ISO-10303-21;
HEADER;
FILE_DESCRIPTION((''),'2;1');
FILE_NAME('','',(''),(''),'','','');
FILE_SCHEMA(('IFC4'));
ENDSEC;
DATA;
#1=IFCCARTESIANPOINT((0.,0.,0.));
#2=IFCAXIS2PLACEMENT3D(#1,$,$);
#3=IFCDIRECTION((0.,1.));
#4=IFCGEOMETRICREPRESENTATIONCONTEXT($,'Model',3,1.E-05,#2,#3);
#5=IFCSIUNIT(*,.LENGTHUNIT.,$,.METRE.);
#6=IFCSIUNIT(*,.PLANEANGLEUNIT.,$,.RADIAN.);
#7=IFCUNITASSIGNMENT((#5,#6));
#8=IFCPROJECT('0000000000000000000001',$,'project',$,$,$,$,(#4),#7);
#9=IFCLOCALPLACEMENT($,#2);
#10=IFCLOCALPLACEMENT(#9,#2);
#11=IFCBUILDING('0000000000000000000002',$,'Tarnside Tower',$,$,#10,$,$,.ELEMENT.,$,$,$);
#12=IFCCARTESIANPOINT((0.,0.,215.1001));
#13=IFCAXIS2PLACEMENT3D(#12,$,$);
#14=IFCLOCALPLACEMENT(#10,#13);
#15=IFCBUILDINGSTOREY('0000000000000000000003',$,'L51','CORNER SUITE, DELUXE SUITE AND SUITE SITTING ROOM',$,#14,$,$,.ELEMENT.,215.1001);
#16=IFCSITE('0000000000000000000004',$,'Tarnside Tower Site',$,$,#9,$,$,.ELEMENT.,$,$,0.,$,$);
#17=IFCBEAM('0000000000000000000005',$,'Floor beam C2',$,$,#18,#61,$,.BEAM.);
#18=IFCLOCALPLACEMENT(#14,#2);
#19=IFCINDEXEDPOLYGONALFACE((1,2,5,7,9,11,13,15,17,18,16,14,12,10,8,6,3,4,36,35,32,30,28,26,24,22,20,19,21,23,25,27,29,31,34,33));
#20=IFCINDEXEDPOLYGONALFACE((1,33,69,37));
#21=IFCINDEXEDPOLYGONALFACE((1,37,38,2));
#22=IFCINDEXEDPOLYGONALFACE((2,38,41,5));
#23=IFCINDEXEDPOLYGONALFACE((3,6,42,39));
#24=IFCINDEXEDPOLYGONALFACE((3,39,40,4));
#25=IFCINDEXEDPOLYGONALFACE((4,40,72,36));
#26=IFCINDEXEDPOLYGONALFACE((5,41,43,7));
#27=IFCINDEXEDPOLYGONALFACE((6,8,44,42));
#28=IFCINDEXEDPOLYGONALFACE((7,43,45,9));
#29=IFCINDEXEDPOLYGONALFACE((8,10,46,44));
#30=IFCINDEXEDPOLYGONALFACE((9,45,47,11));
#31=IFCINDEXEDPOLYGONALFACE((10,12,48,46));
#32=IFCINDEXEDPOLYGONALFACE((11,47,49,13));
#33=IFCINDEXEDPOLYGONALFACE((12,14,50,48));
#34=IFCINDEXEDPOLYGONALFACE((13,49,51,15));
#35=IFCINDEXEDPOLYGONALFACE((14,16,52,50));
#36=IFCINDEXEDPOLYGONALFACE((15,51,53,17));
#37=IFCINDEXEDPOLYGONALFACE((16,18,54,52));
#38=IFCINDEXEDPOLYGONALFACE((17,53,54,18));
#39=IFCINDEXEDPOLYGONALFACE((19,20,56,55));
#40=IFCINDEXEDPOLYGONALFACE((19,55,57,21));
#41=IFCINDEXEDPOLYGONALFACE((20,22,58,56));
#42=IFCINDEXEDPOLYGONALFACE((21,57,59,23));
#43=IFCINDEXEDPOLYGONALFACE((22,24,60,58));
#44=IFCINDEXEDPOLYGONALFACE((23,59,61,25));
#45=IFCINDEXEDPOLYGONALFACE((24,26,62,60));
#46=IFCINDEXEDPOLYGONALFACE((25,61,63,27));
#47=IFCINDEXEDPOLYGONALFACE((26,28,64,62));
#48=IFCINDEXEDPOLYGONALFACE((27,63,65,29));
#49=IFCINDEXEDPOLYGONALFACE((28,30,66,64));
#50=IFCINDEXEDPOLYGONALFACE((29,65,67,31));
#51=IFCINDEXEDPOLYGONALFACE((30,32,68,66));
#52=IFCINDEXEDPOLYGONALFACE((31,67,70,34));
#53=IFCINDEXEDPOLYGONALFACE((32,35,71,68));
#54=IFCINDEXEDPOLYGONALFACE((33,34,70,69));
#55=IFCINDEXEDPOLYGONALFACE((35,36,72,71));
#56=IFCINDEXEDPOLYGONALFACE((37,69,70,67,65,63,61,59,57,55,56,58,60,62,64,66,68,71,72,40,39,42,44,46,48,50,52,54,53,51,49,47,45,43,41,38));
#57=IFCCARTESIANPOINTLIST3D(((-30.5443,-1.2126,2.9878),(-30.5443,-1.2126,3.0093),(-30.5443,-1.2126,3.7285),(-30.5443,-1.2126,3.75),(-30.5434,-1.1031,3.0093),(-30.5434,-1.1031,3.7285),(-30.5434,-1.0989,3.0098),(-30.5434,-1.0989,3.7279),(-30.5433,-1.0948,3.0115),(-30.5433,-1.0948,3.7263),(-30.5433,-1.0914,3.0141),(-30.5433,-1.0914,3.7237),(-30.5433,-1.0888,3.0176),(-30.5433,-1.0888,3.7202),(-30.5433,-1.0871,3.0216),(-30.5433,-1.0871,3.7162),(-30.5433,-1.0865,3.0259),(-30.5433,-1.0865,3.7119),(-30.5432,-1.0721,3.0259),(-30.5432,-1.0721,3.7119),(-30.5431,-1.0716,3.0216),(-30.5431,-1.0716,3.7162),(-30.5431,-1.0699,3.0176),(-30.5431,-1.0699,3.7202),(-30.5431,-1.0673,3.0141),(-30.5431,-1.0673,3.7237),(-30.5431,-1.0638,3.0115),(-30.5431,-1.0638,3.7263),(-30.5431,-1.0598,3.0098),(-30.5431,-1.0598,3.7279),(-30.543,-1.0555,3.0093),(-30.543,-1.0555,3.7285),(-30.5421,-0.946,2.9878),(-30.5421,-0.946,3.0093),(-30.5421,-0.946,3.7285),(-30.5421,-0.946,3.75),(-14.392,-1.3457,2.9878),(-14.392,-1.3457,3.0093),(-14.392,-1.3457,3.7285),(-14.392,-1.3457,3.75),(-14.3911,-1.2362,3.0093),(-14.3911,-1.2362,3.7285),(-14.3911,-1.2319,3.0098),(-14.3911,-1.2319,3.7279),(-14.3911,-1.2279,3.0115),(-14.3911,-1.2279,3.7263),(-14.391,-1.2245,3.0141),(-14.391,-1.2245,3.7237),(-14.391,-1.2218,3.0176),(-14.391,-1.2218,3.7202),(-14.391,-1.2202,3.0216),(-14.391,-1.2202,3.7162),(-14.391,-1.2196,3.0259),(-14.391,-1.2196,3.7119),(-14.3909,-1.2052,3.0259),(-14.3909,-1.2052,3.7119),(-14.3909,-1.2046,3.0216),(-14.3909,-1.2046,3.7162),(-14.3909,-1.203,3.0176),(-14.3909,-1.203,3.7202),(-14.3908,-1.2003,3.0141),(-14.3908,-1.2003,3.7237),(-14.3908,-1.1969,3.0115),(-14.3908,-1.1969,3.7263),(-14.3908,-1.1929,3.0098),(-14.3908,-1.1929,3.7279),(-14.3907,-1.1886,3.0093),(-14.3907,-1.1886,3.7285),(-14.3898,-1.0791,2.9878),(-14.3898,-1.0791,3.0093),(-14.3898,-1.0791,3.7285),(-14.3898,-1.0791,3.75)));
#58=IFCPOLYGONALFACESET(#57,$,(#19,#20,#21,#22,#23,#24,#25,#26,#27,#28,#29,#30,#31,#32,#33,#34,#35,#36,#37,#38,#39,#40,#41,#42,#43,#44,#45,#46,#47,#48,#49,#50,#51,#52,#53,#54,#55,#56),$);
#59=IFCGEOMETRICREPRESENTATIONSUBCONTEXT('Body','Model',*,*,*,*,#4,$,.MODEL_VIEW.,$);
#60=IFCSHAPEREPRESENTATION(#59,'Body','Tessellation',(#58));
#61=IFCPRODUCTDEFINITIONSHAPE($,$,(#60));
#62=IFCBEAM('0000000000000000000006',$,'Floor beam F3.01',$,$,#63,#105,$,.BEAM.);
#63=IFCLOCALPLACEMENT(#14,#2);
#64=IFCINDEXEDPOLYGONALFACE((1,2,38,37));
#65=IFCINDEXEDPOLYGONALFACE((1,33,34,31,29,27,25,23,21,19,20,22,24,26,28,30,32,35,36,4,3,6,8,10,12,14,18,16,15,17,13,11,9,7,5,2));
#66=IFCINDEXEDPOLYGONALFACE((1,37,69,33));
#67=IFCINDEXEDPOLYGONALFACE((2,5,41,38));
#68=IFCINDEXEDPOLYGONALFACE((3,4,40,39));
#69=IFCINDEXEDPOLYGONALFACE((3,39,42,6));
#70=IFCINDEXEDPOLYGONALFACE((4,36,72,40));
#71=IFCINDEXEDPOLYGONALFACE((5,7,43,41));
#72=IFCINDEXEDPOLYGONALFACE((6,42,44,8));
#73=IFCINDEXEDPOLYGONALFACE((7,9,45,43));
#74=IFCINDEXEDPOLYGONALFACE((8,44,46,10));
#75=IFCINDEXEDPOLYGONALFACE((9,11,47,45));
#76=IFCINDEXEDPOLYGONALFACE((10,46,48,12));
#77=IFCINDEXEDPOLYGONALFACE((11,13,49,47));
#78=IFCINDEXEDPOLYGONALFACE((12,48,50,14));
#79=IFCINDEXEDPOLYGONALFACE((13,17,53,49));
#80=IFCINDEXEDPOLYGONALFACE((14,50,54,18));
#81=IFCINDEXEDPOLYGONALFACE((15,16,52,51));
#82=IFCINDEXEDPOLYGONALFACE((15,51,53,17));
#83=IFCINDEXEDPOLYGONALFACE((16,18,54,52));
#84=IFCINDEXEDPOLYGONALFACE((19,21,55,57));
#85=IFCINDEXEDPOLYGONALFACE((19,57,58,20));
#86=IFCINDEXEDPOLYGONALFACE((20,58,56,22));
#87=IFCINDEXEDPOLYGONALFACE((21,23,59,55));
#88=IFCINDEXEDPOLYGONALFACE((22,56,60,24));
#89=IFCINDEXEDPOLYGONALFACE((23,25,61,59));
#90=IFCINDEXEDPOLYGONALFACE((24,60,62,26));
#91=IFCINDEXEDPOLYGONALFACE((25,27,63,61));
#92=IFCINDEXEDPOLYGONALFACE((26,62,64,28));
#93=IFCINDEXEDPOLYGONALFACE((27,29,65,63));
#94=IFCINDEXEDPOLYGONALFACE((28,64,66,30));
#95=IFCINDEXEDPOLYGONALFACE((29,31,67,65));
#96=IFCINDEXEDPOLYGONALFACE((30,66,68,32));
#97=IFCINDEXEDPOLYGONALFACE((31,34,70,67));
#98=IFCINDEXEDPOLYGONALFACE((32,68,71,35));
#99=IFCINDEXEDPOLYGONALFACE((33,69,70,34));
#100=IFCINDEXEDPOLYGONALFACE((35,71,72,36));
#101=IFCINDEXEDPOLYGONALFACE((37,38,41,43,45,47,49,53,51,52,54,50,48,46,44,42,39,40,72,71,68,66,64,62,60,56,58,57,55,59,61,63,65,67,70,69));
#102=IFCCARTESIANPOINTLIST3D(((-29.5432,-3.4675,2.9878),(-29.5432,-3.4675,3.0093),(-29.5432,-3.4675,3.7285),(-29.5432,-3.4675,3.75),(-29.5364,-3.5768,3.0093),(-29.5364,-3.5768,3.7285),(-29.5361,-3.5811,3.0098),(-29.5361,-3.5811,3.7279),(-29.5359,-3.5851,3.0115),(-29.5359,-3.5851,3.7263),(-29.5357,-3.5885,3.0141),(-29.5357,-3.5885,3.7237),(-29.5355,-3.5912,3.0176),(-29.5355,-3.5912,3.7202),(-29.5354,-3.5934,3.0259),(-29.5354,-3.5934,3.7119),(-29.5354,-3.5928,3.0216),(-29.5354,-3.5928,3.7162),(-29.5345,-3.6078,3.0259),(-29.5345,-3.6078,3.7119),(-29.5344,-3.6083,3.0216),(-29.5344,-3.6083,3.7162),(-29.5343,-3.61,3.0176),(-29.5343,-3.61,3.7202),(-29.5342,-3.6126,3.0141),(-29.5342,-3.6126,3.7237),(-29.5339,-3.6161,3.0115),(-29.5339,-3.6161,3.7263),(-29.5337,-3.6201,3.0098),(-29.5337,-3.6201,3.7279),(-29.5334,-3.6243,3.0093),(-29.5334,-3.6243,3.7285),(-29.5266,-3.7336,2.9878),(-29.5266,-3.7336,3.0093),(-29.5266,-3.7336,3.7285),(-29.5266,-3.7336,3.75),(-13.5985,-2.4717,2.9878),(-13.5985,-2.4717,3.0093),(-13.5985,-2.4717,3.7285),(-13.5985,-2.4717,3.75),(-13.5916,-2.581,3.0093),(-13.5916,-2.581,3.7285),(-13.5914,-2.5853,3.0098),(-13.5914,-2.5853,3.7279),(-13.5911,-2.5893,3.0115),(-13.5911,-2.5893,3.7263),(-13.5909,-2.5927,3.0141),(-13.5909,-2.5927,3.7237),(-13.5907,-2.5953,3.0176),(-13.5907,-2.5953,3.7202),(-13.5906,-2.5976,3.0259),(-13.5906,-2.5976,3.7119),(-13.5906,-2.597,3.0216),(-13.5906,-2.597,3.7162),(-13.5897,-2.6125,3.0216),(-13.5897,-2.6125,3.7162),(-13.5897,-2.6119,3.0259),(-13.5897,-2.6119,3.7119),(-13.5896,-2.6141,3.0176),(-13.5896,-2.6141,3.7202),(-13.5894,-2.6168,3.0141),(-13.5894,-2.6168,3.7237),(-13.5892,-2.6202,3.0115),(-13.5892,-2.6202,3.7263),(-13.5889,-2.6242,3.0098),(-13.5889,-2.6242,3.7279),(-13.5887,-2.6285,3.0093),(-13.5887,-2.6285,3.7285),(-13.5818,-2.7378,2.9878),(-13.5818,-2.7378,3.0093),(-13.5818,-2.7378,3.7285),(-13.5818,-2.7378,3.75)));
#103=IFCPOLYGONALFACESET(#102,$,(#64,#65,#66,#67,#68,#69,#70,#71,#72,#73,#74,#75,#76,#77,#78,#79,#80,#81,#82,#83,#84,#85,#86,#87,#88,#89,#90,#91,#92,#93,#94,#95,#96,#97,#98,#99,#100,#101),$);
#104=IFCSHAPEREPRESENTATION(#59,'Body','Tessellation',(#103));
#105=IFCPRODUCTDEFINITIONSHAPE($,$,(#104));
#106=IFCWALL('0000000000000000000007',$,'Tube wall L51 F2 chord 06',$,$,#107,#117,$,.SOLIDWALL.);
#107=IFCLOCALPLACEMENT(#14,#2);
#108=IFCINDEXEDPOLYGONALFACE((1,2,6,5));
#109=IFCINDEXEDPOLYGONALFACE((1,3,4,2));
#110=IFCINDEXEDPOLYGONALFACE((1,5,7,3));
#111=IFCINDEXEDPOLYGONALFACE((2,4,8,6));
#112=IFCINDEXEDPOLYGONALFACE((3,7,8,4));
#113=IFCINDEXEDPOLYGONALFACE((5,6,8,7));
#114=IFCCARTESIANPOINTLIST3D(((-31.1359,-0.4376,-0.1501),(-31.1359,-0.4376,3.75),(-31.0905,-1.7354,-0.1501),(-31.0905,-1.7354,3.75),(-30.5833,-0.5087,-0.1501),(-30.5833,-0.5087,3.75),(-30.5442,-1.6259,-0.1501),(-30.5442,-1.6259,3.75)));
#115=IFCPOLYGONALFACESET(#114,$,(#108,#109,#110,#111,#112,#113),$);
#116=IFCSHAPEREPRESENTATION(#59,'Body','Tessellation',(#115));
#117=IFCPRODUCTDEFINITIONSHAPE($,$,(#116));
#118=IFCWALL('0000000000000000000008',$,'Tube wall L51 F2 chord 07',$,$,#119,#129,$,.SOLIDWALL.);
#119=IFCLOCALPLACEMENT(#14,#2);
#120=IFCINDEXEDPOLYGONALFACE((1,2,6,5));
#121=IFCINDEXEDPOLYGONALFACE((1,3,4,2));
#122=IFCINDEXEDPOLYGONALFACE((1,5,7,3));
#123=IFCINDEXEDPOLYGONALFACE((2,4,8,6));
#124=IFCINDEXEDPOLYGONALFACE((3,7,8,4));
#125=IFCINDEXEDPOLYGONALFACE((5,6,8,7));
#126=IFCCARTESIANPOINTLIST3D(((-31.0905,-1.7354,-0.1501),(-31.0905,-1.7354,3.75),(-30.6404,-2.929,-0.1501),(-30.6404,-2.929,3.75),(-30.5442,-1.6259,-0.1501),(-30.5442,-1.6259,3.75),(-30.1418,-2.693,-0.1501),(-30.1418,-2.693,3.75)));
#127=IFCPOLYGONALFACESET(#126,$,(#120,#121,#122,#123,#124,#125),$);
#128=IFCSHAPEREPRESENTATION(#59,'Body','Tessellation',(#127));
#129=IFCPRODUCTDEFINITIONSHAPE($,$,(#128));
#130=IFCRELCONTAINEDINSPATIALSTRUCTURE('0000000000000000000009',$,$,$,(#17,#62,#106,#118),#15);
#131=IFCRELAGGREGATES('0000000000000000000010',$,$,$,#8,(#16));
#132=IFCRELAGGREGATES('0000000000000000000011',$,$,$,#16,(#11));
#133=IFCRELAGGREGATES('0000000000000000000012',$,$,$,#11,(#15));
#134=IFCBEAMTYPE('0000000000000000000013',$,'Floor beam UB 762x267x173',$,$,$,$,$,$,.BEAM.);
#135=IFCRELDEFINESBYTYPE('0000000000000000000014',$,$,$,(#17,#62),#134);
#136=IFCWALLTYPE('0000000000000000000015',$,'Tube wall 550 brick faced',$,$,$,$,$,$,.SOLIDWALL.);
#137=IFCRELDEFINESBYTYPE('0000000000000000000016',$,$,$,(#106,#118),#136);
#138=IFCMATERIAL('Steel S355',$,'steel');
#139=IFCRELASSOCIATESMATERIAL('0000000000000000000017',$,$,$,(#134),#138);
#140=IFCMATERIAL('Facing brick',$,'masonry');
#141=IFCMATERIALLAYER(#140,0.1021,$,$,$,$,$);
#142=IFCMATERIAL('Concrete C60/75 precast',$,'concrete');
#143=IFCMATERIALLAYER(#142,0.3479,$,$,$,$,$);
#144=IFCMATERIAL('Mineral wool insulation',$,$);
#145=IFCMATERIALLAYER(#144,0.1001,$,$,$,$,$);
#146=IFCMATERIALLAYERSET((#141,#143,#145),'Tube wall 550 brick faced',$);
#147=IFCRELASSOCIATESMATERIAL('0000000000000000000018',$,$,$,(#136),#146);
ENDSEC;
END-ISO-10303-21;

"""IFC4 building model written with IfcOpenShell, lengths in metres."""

from ifc_helpers import new_model, si_unit, direction, frame, origin, origin_2d, place, context, subcontext, project, spatial, polyline, i_section, outline, extrude, material, layer, layer_set, material_profile, profile_set, type_object, element, save


model = new_model("IFC4")

# Units and contexts
model_context = context("Model", 3, precision=1e-05, world=origin(), true_north=direction((0.0, 1.0)))
body_context = subcontext(model_context, "Body", "Model", "MODEL_VIEW")
ifc_project = project(units=[si_unit("LENGTHUNIT", "METRE"), si_unit("PLANEANGLEUNIT", "RADIAN")], contexts=[model_context])

# Site, building, storey
site_placement = place(None, origin())
site = spatial("IfcSite", under=ifc_project, at=site_placement, Name="Tarnside Tower Site", CompositionType="ELEMENT", RefElevation=0.0)
building_placement = place(site_placement, origin())
building = spatial("IfcBuilding", under=site, at=building_placement, Name="Tarnside Tower", CompositionType="ELEMENT")
storey_placement = place(building_placement, frame((0.0, 0.0, 215.1001)))
storey = spatial("IfcBuildingStorey", under=building, at=storey_placement, Name="L51", Description="CORNER SUITE, DELUXE SUITE AND SUITE SITTING ROOM", CompositionType="ELEMENT", Elevation=215.1001)

# Beams
ifc_material_1 = material(Name="Steel S355", Category="steel")
ifc_material_profile = material_profile(ifc_material_1, i_section(OverallWidth=0.2666, OverallDepth=0.7622, WebThickness=0.0144, FlangeThickness=0.0215, FilletRadius=0.0166, at=origin_2d()), Name="UB 762x267x173")
ifc_profile_set = profile_set([ifc_material_profile], Name="Steel S355")
beam_type = type_object("IfcBeamType", Name="Floor beam UB 762x267x173", PredefinedType="BEAM", material=ifc_profile_set)
beam_1_placement = place(storey_placement, frame((-30.5432, -1.0793, 3.3689), z_axis=(0.999966, -0.008237, 0.0), x_axis=(0.008237, 0.999966, 0.0)))
element("IfcBeam", 1, at=beam_1_placement, inside=storey, type_object=beam_type, Name="Floor beam C2", PredefinedType="BEAM", context=body_context, shape_type="SweptSolid", body=[
    extrude(i_section(OverallWidth=0.2666, OverallDepth=0.7622, WebThickness=0.0144, FlangeThickness=0.0215, FilletRadius=0.0166, at=origin_2d()), origin(), (0.0, 0.0, 1.0), 16.1528),
])
beam_2_placement = place(storey_placement, frame((-29.5349, -3.6006, 3.3689), z_axis=(0.998055, 0.062335, 0.0), x_axis=(-0.062335, 0.998055, 0.0)))
element("IfcBeam", 2, at=beam_2_placement, inside=storey, type_object=beam_type, Name="Floor beam F3.01", PredefinedType="BEAM", context=body_context, shape_type="SweptSolid", body=[
    extrude(i_section(OverallWidth=0.2666, OverallDepth=0.7622, WebThickness=0.0144, FlangeThickness=0.0215, FilletRadius=0.0166, at=origin_2d()), origin(), (0.0, 0.0, 1.0), 15.9758),
])

# Walls
ifc_material_2 = material(Name="Facing brick", Category="masonry")
ifc_layer_1 = layer(ifc_material_2, 0.1021)
ifc_material_3 = material(Name="Concrete C60/75 precast", Category="concrete")
ifc_layer_2 = layer(ifc_material_3, 0.3479)
ifc_material_4 = material(Name="Mineral wool insulation")
ifc_layer_3 = layer(ifc_material_4, 0.1001)
ifc_layer_set_1 = layer_set([ifc_layer_1, ifc_layer_2, ifc_layer_3], Name="Tube wall 550 brick faced")
wall_type = type_object("IfcWallType", Name="Tube wall 550 brick faced", PredefinedType="SOLIDWALL", material=ifc_layer_set_1)
wall_1_placement = place(storey_placement, frame((-30.8596, -0.4731, -0.1501), z_axis=(0.0, 0.0, 1.0), x_axis=(0.034956, -0.999389, 0.0)))
element("IfcWall", 3, at=wall_1_placement, inside=storey, type_object=wall_type, Name="Tube wall L51 F2 chord 06", PredefinedType="SOLIDWALL", context=body_context, shape_type="SweptSolid", body=[
    extrude(outline(polyline([(-0.0452, -0.2749), (1.2534, -0.2749), (1.1631, 0.2749), (0.0452, 0.2749), (-0.0452, -0.2749)])), origin(), (0.0, 0.0, 1.0), 3.9001),
])
wall_2_placement = place(storey_placement, frame((-30.8174, -1.6807, -0.1501), z_axis=(0.0, 0.0, 1.0), x_axis=(0.35285, -0.93568, 0.0)))
element("IfcWall", 4, at=wall_2_placement, inside=storey, type_object=wall_type, Name="Tube wall L51 F2 chord 07", PredefinedType="SOLIDWALL", context=body_context, shape_type="SweptSolid", body=[
    extrude(outline(polyline([(-0.0452, -0.2749), (1.2305, -0.2749), (1.1855, 0.2749), (0.0452, 0.2749), (-0.0452, -0.2749)])), origin(), (0.0, 0.0, 1.0), 3.9001),
])

save(model, "model.ifc")
